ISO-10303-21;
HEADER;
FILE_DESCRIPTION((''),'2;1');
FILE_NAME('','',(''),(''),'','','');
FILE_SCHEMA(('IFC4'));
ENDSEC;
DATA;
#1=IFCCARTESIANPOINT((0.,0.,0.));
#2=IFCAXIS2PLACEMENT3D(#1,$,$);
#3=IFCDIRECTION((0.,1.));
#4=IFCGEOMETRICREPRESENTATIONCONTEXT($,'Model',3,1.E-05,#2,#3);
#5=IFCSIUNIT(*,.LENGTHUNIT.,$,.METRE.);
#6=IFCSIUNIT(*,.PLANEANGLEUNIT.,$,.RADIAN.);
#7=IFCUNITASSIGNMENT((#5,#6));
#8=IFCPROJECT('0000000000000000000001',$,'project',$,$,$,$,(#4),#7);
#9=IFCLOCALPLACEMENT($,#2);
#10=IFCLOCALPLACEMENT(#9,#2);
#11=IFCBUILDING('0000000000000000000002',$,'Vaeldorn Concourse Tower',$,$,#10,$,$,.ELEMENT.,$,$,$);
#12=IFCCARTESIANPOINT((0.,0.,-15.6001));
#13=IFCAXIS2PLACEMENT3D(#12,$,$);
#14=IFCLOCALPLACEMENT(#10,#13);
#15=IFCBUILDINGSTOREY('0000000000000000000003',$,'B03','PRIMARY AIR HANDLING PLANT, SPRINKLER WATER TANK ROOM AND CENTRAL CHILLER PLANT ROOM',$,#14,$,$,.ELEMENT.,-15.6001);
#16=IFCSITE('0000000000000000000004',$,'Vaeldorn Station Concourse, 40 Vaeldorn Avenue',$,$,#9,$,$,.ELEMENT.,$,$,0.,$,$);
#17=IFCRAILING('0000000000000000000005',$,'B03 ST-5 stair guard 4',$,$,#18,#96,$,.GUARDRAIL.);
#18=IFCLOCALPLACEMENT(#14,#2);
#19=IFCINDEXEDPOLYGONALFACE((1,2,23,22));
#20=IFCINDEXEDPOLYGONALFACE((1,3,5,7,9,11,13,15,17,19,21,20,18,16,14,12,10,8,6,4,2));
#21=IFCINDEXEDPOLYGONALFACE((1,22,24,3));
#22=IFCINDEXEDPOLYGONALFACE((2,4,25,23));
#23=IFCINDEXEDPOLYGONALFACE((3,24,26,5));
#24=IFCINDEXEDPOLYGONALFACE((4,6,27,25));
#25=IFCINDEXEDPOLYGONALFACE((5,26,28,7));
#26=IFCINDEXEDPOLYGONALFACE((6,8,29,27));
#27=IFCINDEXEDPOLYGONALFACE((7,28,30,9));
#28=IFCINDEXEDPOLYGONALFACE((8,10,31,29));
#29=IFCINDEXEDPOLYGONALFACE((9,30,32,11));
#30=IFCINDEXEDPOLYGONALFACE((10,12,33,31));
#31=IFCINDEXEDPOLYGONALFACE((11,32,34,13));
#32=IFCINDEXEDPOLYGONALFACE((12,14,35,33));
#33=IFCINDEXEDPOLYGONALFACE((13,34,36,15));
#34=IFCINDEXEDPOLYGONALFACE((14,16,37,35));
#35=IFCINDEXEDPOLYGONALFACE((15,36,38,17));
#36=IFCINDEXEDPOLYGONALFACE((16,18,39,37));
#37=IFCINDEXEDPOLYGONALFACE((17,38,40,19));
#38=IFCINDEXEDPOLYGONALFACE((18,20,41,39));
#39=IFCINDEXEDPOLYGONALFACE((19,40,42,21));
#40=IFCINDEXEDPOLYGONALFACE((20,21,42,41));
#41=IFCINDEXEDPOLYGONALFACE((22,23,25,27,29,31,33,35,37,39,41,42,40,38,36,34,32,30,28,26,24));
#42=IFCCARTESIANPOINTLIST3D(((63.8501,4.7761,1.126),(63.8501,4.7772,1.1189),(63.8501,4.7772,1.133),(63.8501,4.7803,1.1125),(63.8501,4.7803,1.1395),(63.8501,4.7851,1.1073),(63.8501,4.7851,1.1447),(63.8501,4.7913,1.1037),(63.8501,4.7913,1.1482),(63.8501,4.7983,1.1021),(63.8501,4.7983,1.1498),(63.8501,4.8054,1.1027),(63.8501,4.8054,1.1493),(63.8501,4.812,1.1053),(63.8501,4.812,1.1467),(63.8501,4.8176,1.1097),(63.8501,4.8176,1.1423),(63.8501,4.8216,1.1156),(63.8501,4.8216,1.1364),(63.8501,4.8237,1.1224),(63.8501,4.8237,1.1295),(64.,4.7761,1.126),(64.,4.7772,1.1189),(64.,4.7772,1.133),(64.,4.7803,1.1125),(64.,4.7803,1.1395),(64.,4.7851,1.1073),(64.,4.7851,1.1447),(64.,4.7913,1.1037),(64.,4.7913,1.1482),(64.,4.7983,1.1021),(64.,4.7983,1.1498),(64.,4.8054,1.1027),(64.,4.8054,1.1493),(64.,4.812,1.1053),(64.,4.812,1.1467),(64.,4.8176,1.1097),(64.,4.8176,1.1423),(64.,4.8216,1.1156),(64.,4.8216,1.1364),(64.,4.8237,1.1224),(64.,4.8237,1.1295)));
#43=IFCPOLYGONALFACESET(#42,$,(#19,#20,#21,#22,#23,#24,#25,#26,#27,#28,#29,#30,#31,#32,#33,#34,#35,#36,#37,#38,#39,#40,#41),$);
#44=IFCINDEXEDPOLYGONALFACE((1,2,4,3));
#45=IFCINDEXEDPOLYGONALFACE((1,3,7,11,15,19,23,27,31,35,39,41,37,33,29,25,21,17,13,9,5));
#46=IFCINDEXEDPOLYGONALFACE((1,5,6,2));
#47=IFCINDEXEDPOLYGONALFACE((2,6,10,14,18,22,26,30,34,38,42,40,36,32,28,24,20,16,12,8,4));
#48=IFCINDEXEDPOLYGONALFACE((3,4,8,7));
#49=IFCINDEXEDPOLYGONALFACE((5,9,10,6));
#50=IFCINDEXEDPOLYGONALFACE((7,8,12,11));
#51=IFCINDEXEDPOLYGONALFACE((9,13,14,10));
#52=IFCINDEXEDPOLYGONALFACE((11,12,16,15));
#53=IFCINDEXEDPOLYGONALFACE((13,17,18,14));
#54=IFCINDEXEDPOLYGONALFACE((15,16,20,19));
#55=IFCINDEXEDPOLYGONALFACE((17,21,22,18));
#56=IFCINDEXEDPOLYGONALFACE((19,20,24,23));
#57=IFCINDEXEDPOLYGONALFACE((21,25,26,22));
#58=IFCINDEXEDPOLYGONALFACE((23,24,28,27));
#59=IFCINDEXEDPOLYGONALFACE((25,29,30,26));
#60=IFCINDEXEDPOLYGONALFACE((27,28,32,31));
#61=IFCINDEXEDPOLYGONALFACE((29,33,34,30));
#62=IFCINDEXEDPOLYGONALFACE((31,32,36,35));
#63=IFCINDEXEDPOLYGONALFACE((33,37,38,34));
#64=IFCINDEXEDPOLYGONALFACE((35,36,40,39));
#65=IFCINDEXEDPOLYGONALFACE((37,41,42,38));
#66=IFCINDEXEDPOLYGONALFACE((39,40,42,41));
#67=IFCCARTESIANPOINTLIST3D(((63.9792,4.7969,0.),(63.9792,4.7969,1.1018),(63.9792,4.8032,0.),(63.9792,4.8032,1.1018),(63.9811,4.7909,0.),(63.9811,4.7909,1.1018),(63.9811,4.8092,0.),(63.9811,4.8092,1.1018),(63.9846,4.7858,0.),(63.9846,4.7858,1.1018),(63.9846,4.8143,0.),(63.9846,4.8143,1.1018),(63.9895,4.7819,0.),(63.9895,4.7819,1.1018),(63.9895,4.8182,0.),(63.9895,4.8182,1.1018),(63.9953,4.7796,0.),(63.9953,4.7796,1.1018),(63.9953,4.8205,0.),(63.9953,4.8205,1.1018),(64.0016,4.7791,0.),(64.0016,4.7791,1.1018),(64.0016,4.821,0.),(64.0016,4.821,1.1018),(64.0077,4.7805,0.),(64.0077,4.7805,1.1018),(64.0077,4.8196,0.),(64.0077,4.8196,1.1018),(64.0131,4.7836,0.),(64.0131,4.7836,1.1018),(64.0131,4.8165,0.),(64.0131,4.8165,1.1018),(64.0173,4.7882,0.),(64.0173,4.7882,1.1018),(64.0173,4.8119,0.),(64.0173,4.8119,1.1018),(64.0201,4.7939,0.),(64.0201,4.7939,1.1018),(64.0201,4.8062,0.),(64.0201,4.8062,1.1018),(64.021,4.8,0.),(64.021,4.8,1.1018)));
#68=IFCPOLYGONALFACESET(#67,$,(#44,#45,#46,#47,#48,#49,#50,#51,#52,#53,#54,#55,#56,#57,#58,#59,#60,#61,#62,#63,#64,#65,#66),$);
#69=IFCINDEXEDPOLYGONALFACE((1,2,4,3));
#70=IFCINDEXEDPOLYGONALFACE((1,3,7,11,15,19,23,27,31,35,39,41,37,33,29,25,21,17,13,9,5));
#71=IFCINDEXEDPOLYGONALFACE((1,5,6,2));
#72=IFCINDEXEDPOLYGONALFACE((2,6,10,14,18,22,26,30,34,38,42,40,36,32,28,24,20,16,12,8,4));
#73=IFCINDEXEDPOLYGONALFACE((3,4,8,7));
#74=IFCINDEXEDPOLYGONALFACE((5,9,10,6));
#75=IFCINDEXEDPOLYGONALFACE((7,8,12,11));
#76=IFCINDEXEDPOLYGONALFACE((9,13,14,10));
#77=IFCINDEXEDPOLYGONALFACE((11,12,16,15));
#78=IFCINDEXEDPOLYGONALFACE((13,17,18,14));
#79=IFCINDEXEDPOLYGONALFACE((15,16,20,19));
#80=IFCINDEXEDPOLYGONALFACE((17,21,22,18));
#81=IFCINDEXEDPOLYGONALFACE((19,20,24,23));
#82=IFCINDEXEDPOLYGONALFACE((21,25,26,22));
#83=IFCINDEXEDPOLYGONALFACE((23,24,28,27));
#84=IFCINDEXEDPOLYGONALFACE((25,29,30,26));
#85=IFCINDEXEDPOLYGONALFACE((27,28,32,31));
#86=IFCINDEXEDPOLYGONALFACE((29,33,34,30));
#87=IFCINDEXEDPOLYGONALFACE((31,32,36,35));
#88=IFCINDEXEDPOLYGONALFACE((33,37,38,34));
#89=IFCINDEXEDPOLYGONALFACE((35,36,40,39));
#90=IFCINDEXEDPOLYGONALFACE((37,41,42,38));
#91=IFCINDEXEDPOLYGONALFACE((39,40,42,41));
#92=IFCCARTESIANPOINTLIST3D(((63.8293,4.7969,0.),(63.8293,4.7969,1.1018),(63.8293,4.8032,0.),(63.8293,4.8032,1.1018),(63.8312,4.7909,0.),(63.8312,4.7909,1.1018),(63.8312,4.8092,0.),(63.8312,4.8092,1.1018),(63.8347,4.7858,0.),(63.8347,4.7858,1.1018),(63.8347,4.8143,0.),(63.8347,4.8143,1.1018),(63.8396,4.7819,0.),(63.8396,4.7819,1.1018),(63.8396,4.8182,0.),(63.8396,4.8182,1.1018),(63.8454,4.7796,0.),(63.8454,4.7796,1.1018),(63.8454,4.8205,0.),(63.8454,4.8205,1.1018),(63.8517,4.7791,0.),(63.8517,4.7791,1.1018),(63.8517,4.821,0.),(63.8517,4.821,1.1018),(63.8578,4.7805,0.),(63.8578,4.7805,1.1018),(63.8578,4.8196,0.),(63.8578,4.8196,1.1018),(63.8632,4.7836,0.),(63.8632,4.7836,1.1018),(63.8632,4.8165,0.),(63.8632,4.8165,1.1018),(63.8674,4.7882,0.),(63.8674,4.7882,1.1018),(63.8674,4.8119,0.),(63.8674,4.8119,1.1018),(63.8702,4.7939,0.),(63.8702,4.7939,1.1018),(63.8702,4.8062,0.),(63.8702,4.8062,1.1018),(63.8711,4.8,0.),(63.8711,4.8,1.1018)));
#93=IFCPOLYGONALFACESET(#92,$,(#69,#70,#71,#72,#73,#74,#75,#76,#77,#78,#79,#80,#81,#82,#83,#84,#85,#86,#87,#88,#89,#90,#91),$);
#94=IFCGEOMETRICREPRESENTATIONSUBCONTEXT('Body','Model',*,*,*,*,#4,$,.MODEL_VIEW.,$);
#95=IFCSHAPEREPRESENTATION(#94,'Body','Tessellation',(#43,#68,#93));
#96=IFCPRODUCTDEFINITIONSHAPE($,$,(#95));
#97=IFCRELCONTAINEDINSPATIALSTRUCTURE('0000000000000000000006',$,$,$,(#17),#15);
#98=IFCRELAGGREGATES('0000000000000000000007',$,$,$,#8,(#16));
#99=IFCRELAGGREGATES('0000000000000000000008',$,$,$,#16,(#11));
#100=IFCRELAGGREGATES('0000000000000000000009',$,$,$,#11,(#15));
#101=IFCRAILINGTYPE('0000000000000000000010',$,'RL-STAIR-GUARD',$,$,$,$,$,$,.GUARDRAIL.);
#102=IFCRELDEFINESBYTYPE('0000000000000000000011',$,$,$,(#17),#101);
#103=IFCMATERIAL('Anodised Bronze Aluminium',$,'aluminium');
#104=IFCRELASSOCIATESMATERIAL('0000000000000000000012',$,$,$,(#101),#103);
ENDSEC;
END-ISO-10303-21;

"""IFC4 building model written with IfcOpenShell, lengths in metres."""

from ifc_helpers import new_model, si_unit, direction, frame, origin, origin_2d, place, context, subcontext, project, spatial, circle, extrude, material, type_object, element, save


model = new_model("IFC4")

# Units and contexts
model_context = context("Model", 3, precision=1e-05, world=origin(), true_north=direction((0.0, 1.0)))
body_context = subcontext(model_context, "Body", "Model", "MODEL_VIEW")
ifc_project = project(units=[si_unit("LENGTHUNIT", "METRE"), si_unit("PLANEANGLEUNIT", "RADIAN")], contexts=[model_context])

# Site, building, storey
site_placement = place(None, origin())
site = spatial("IfcSite", under=ifc_project, at=site_placement, Name="Vaeldorn Station Concourse, 40 Vaeldorn Avenue", CompositionType="ELEMENT", RefElevation=0.0)
building_placement = place(site_placement, origin())
building = spatial("IfcBuilding", under=site, at=building_placement, Name="Vaeldorn Concourse Tower", CompositionType="ELEMENT")
storey_placement = place(building_placement, frame((0.0, 0.0, -15.6001)))
storey = spatial("IfcBuildingStorey", under=building, at=storey_placement, Name="B03", Description="PRIMARY AIR HANDLING PLANT, SPRINKLER WATER TANK ROOM AND CENTRAL CHILLER PLANT ROOM", CompositionType="ELEMENT", Elevation=-15.6001)

# Railing
ifc_material_1 = material(Name="Anodised Bronze Aluminium", Category="aluminium")
railing_type_1 = type_object("IfcRailingType", Name="RL-STAIR-GUARD", PredefinedType="GUARDRAIL", material=ifc_material_1)
railing_1_placement = place(storey_placement, frame((64.0, 4.8, 0.0)))
element("IfcRailing", 1, at=railing_1_placement, inside=storey, type_object=railing_type_1, Name="B03 ST-5 stair guard 4", PredefinedType="GUARDRAIL", context=body_context, shape_type="SweptSolid", body=[
    extrude(circle(Radius=0.0239, at=origin_2d()), frame((0.0, 0.0, 1.126), z_axis=(-1.0, 0.0, 0.0), x_axis=(0.0, -1.0, 0.0)), (0.0, 0.0, 1.0), 0.1499),
    extrude(circle(Radius=0.021, at=origin_2d()), origin(), (0.0, 0.0, 1.0), 1.1018),
    extrude(circle(Radius=0.021, at=origin_2d()), frame((-0.1499, 0.0, 0.0)), (0.0, 0.0, 1.0), 1.1018),
])

save(model, "model.ifc")
